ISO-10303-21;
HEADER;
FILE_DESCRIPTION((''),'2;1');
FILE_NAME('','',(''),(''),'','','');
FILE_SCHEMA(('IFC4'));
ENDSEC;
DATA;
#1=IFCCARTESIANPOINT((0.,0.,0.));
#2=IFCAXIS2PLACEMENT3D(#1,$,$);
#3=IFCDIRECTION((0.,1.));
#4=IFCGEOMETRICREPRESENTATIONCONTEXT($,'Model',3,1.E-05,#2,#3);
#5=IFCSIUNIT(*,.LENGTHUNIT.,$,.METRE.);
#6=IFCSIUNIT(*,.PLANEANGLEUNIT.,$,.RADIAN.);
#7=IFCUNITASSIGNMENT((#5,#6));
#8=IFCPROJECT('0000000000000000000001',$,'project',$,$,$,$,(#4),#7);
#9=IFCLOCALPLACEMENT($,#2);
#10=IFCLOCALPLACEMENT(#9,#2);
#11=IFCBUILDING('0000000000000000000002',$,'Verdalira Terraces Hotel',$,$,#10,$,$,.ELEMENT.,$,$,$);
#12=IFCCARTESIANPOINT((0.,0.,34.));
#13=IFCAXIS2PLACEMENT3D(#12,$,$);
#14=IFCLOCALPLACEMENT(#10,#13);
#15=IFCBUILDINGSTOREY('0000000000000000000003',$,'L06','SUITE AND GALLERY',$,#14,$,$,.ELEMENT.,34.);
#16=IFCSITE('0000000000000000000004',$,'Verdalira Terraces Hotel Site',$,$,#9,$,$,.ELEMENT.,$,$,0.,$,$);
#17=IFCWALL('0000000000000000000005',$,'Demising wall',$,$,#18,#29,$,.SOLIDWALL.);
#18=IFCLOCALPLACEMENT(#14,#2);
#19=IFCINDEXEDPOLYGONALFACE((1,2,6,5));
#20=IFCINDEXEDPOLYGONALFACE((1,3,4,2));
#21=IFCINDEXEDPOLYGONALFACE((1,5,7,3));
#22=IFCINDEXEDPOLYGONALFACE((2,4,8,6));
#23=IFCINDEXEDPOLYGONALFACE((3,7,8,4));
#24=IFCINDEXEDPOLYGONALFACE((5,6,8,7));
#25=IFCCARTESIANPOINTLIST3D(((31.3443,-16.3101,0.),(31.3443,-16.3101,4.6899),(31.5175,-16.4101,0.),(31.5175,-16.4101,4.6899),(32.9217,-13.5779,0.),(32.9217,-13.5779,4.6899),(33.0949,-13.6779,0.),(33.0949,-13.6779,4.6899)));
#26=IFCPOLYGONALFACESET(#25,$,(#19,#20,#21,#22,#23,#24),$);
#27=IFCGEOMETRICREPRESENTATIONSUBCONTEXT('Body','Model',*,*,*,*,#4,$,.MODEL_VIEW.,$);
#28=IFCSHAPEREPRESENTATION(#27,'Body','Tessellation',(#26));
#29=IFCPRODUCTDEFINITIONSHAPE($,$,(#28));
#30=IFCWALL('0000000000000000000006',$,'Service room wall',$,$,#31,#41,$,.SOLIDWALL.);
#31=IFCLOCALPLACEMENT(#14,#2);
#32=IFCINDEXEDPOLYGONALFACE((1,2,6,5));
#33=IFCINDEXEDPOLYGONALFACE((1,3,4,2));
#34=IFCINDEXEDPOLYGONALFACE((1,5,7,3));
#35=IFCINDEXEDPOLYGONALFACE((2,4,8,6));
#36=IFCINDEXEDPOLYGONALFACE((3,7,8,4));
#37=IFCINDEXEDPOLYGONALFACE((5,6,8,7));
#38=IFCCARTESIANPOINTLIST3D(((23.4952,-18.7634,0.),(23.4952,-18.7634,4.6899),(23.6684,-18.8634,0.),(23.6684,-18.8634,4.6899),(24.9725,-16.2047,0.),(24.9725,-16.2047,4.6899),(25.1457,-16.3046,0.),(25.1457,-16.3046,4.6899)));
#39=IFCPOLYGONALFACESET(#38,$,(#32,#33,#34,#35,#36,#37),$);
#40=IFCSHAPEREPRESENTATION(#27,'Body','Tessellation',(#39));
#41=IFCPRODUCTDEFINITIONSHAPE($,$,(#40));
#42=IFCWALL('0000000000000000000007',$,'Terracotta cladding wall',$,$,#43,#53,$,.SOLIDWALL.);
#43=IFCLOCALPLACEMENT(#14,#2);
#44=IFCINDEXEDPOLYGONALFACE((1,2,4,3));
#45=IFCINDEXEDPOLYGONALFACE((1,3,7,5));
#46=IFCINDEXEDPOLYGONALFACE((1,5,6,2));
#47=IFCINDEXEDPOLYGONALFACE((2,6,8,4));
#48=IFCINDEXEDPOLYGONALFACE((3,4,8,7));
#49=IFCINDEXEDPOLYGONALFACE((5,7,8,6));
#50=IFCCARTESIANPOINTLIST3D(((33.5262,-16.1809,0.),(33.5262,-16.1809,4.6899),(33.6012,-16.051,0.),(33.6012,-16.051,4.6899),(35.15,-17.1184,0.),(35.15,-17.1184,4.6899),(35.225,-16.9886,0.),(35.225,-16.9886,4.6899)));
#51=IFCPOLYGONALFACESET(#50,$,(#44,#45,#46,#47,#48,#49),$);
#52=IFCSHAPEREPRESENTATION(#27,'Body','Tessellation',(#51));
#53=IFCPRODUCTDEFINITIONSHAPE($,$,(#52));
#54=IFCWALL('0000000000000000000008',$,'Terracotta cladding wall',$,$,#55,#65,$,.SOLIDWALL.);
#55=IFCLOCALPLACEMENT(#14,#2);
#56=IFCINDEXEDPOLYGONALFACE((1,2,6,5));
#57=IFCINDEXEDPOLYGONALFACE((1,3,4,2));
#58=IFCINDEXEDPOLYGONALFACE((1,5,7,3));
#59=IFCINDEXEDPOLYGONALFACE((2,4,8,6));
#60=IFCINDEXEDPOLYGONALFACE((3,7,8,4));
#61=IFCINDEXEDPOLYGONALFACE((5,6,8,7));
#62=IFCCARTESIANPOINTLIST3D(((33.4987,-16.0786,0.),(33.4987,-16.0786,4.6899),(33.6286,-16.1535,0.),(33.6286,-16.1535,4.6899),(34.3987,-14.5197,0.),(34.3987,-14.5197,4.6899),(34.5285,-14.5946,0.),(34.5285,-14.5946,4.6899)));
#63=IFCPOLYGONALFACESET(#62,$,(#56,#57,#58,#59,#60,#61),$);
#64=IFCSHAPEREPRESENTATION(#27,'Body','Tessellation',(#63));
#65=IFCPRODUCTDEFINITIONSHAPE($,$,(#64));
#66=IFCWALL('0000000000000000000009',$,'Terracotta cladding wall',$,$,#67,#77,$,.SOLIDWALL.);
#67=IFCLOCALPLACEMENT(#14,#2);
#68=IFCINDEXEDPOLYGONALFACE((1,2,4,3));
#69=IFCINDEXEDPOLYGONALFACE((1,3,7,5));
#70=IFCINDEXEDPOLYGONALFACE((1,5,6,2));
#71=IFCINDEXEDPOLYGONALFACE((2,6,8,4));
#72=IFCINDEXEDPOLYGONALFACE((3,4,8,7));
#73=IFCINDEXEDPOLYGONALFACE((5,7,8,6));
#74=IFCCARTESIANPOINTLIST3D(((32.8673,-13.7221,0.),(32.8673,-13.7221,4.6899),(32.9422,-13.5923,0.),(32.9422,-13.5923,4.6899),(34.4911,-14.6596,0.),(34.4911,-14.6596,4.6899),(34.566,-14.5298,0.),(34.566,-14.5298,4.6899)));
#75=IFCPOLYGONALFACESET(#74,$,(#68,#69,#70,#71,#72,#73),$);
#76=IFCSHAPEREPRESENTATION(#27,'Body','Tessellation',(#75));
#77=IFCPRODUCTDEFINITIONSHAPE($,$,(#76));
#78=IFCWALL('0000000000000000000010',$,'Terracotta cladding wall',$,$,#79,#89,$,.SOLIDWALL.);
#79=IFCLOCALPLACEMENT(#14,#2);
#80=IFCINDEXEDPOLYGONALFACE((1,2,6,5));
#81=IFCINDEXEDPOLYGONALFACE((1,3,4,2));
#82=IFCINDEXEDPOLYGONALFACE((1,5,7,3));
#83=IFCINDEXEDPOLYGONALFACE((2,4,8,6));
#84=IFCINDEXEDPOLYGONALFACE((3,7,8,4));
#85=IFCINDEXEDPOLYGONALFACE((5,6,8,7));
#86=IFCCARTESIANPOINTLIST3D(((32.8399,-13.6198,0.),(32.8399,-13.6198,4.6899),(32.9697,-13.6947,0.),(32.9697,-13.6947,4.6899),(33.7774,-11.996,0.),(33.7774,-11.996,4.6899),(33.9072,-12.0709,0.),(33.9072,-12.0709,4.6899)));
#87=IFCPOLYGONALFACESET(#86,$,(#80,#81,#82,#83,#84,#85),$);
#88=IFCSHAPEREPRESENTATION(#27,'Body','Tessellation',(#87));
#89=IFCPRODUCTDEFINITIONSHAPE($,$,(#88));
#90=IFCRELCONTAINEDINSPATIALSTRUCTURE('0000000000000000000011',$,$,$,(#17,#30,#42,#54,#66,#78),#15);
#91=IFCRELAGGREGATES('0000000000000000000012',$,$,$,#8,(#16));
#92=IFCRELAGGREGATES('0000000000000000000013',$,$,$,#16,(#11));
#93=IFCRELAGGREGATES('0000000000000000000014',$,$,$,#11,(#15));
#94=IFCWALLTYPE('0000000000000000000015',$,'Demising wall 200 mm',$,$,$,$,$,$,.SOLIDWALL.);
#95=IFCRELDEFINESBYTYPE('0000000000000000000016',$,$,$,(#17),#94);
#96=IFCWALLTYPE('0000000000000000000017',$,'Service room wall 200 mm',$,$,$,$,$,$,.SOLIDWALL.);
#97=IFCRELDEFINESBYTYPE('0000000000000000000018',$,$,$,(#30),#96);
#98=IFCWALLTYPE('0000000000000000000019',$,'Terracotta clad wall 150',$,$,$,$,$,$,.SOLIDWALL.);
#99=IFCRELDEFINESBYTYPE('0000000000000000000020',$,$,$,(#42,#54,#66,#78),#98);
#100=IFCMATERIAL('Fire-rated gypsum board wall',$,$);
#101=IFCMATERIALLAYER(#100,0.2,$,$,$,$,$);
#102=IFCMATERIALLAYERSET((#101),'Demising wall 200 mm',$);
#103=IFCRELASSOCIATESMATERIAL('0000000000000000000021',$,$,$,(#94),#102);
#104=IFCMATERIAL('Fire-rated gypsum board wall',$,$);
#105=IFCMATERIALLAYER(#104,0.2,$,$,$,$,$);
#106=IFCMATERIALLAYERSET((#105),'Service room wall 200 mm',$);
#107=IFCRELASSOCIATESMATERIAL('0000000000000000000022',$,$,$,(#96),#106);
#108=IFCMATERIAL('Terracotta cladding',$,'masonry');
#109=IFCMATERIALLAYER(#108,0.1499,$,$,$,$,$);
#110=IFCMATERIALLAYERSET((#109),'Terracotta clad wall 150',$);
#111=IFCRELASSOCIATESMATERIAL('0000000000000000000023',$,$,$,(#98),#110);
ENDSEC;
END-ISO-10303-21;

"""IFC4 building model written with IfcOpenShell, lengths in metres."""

from ifc_helpers import new_model, si_unit, direction, frame, frame_2d, origin, place, context, subcontext, project, spatial, rectangle, extrude, material, layer, layer_set, type_object, element, save


model = new_model("IFC4")

# Units and contexts
model_context = context("Model", 3, precision=1e-05, world=origin(), true_north=direction((0.0, 1.0)))
body_context = subcontext(model_context, "Body", "Model", "MODEL_VIEW")
ifc_project = project(units=[si_unit("LENGTHUNIT", "METRE"), si_unit("PLANEANGLEUNIT", "RADIAN")], contexts=[model_context])

# Site, building, storey
site_placement = place(None, origin())
site = spatial("IfcSite", under=ifc_project, at=site_placement, Name="Verdalira Terraces Hotel Site", CompositionType="ELEMENT", RefElevation=0.0)
building_placement = place(site_placement, origin())
building = spatial("IfcBuilding", under=site, at=building_placement, Name="Verdalira Terraces Hotel", CompositionType="ELEMENT")
storey_placement = place(building_placement, frame((0.0, 0.0, 34.0)))
storey = spatial("IfcBuildingStorey", under=building, at=storey_placement, Name="L06", Description="SUITE AND GALLERY", CompositionType="ELEMENT", Elevation=34.0)

# Walls
ifc_material_1 = material(Name="Fire-rated gypsum board wall")
ifc_layer_1 = layer(ifc_material_1, 0.2)
ifc_layer_set_1 = layer_set([ifc_layer_1], Name="Demising wall 200 mm")
wall_type_1 = type_object("IfcWallType", Name="Demising wall 200 mm", PredefinedType="SOLIDWALL", material=ifc_layer_set_1)
wall_1_placement = place(storey_placement, frame((33.0083, -13.6279, 0.0), z_axis=(0.0, 0.0, 1.0), x_axis=(-0.499993, -0.86603, 0.0)))
element("IfcWall", 1, at=wall_1_placement, inside=storey, type_object=wall_type_1, Name="Demising wall", PredefinedType="SOLIDWALL", context=body_context, shape_type="SweptSolid", body=[
    extrude(rectangle(XDim=3.1548, YDim=0.2, at=frame_2d((1.5774, 0.0))), origin(), (0.0, 0.0, 1.0), 4.6899),
])
ifc_material_2 = material(Name="Fire-rated gypsum board wall")
ifc_layer_2 = layer(ifc_material_2, 0.2)
ifc_layer_set_2 = layer_set([ifc_layer_2], Name="Service room wall 200 mm")
wall_type_2 = type_object("IfcWallType", Name="Service room wall 200 mm", PredefinedType="SOLIDWALL", material=ifc_layer_set_2)
wall_2_placement = place(storey_placement, frame((25.0591, -16.2546, 0.0), z_axis=(0.0, 0.0, 1.0), x_axis=(-0.499987, -0.866033, 0.0)))
element("IfcWall", 2, at=wall_2_placement, inside=storey, type_object=wall_type_2, Name="Service room wall", PredefinedType="SOLIDWALL", context=body_context, shape_type="SweptSolid", body=[
    extrude(rectangle(XDim=2.9546, YDim=0.2, at=frame_2d((1.4773, 0.0))), origin(), (0.0, 0.0, 1.0), 4.6899),
])
ifc_material_3 = material(Name="Terracotta cladding", Category="masonry")
ifc_layer_3 = layer(ifc_material_3, 0.1499)
ifc_layer_set_3 = layer_set([ifc_layer_3], Name="Terracotta clad wall 150")
wall_type_3 = type_object("IfcWallType", Name="Terracotta clad wall 150", PredefinedType="SOLIDWALL", material=ifc_layer_set_3)
wall_3_placement = place(storey_placement, frame((35.1875, -17.0535, 0.0), z_axis=(0.0, 0.0, 1.0), x_axis=(-0.866023, 0.500004, 0.0)))
element("IfcWall", 3, at=wall_3_placement, inside=storey, type_object=wall_type_3, Name="Terracotta cladding wall", PredefinedType="SOLIDWALL", context=body_context, shape_type="SweptSolid", body=[
    extrude(rectangle(XDim=1.875, YDim=0.1499, at=frame_2d((0.9375, 0.0))), origin(), (0.0, 0.0, 1.0), 4.6899),
])
wall_4_placement = place(storey_placement, frame((33.5637, -16.116, 0.0), z_axis=(0.0, 0.0, 1.0), x_axis=(0.499961, 0.866048, 0.0)))
element("IfcWall", 4, at=wall_4_placement, inside=storey, type_object=wall_type_3, Name="Terracotta cladding wall", PredefinedType="SOLIDWALL", context=body_context, shape_type="SweptSolid", body=[
    extrude(rectangle(XDim=1.8, YDim=0.1499, at=frame_2d((0.8999, 0.0))), origin(), (0.0, 0.0, 1.0), 4.6899),
])
for number, where, z_axis, x_axis, name in (
    (5, (34.5286, -14.5947, 0.0), (0.0, 0.0, 1.0), (-0.866023, 0.500004, 0.0), "Terracotta cladding wall"),
    (6, (32.9048, -13.6572, 0.0), (0.0, 0.0, 1.0), (0.500004, 0.866023, 0.0), "Terracotta cladding wall"),
):
    element("IfcWall", number, at=place(storey_placement, frame(where, z_axis=z_axis, x_axis=x_axis)), inside=storey, type_object=wall_type_3, Name=name, PredefinedType="SOLIDWALL", context=body_context, shape_type="SweptSolid", body=[
        extrude(rectangle(XDim=1.875, YDim=0.1499, at=frame_2d((0.9375, 0.0))), origin(), (0.0, 0.0, 1.0), 4.6899),
    ])

save(model, "model.ifc")
